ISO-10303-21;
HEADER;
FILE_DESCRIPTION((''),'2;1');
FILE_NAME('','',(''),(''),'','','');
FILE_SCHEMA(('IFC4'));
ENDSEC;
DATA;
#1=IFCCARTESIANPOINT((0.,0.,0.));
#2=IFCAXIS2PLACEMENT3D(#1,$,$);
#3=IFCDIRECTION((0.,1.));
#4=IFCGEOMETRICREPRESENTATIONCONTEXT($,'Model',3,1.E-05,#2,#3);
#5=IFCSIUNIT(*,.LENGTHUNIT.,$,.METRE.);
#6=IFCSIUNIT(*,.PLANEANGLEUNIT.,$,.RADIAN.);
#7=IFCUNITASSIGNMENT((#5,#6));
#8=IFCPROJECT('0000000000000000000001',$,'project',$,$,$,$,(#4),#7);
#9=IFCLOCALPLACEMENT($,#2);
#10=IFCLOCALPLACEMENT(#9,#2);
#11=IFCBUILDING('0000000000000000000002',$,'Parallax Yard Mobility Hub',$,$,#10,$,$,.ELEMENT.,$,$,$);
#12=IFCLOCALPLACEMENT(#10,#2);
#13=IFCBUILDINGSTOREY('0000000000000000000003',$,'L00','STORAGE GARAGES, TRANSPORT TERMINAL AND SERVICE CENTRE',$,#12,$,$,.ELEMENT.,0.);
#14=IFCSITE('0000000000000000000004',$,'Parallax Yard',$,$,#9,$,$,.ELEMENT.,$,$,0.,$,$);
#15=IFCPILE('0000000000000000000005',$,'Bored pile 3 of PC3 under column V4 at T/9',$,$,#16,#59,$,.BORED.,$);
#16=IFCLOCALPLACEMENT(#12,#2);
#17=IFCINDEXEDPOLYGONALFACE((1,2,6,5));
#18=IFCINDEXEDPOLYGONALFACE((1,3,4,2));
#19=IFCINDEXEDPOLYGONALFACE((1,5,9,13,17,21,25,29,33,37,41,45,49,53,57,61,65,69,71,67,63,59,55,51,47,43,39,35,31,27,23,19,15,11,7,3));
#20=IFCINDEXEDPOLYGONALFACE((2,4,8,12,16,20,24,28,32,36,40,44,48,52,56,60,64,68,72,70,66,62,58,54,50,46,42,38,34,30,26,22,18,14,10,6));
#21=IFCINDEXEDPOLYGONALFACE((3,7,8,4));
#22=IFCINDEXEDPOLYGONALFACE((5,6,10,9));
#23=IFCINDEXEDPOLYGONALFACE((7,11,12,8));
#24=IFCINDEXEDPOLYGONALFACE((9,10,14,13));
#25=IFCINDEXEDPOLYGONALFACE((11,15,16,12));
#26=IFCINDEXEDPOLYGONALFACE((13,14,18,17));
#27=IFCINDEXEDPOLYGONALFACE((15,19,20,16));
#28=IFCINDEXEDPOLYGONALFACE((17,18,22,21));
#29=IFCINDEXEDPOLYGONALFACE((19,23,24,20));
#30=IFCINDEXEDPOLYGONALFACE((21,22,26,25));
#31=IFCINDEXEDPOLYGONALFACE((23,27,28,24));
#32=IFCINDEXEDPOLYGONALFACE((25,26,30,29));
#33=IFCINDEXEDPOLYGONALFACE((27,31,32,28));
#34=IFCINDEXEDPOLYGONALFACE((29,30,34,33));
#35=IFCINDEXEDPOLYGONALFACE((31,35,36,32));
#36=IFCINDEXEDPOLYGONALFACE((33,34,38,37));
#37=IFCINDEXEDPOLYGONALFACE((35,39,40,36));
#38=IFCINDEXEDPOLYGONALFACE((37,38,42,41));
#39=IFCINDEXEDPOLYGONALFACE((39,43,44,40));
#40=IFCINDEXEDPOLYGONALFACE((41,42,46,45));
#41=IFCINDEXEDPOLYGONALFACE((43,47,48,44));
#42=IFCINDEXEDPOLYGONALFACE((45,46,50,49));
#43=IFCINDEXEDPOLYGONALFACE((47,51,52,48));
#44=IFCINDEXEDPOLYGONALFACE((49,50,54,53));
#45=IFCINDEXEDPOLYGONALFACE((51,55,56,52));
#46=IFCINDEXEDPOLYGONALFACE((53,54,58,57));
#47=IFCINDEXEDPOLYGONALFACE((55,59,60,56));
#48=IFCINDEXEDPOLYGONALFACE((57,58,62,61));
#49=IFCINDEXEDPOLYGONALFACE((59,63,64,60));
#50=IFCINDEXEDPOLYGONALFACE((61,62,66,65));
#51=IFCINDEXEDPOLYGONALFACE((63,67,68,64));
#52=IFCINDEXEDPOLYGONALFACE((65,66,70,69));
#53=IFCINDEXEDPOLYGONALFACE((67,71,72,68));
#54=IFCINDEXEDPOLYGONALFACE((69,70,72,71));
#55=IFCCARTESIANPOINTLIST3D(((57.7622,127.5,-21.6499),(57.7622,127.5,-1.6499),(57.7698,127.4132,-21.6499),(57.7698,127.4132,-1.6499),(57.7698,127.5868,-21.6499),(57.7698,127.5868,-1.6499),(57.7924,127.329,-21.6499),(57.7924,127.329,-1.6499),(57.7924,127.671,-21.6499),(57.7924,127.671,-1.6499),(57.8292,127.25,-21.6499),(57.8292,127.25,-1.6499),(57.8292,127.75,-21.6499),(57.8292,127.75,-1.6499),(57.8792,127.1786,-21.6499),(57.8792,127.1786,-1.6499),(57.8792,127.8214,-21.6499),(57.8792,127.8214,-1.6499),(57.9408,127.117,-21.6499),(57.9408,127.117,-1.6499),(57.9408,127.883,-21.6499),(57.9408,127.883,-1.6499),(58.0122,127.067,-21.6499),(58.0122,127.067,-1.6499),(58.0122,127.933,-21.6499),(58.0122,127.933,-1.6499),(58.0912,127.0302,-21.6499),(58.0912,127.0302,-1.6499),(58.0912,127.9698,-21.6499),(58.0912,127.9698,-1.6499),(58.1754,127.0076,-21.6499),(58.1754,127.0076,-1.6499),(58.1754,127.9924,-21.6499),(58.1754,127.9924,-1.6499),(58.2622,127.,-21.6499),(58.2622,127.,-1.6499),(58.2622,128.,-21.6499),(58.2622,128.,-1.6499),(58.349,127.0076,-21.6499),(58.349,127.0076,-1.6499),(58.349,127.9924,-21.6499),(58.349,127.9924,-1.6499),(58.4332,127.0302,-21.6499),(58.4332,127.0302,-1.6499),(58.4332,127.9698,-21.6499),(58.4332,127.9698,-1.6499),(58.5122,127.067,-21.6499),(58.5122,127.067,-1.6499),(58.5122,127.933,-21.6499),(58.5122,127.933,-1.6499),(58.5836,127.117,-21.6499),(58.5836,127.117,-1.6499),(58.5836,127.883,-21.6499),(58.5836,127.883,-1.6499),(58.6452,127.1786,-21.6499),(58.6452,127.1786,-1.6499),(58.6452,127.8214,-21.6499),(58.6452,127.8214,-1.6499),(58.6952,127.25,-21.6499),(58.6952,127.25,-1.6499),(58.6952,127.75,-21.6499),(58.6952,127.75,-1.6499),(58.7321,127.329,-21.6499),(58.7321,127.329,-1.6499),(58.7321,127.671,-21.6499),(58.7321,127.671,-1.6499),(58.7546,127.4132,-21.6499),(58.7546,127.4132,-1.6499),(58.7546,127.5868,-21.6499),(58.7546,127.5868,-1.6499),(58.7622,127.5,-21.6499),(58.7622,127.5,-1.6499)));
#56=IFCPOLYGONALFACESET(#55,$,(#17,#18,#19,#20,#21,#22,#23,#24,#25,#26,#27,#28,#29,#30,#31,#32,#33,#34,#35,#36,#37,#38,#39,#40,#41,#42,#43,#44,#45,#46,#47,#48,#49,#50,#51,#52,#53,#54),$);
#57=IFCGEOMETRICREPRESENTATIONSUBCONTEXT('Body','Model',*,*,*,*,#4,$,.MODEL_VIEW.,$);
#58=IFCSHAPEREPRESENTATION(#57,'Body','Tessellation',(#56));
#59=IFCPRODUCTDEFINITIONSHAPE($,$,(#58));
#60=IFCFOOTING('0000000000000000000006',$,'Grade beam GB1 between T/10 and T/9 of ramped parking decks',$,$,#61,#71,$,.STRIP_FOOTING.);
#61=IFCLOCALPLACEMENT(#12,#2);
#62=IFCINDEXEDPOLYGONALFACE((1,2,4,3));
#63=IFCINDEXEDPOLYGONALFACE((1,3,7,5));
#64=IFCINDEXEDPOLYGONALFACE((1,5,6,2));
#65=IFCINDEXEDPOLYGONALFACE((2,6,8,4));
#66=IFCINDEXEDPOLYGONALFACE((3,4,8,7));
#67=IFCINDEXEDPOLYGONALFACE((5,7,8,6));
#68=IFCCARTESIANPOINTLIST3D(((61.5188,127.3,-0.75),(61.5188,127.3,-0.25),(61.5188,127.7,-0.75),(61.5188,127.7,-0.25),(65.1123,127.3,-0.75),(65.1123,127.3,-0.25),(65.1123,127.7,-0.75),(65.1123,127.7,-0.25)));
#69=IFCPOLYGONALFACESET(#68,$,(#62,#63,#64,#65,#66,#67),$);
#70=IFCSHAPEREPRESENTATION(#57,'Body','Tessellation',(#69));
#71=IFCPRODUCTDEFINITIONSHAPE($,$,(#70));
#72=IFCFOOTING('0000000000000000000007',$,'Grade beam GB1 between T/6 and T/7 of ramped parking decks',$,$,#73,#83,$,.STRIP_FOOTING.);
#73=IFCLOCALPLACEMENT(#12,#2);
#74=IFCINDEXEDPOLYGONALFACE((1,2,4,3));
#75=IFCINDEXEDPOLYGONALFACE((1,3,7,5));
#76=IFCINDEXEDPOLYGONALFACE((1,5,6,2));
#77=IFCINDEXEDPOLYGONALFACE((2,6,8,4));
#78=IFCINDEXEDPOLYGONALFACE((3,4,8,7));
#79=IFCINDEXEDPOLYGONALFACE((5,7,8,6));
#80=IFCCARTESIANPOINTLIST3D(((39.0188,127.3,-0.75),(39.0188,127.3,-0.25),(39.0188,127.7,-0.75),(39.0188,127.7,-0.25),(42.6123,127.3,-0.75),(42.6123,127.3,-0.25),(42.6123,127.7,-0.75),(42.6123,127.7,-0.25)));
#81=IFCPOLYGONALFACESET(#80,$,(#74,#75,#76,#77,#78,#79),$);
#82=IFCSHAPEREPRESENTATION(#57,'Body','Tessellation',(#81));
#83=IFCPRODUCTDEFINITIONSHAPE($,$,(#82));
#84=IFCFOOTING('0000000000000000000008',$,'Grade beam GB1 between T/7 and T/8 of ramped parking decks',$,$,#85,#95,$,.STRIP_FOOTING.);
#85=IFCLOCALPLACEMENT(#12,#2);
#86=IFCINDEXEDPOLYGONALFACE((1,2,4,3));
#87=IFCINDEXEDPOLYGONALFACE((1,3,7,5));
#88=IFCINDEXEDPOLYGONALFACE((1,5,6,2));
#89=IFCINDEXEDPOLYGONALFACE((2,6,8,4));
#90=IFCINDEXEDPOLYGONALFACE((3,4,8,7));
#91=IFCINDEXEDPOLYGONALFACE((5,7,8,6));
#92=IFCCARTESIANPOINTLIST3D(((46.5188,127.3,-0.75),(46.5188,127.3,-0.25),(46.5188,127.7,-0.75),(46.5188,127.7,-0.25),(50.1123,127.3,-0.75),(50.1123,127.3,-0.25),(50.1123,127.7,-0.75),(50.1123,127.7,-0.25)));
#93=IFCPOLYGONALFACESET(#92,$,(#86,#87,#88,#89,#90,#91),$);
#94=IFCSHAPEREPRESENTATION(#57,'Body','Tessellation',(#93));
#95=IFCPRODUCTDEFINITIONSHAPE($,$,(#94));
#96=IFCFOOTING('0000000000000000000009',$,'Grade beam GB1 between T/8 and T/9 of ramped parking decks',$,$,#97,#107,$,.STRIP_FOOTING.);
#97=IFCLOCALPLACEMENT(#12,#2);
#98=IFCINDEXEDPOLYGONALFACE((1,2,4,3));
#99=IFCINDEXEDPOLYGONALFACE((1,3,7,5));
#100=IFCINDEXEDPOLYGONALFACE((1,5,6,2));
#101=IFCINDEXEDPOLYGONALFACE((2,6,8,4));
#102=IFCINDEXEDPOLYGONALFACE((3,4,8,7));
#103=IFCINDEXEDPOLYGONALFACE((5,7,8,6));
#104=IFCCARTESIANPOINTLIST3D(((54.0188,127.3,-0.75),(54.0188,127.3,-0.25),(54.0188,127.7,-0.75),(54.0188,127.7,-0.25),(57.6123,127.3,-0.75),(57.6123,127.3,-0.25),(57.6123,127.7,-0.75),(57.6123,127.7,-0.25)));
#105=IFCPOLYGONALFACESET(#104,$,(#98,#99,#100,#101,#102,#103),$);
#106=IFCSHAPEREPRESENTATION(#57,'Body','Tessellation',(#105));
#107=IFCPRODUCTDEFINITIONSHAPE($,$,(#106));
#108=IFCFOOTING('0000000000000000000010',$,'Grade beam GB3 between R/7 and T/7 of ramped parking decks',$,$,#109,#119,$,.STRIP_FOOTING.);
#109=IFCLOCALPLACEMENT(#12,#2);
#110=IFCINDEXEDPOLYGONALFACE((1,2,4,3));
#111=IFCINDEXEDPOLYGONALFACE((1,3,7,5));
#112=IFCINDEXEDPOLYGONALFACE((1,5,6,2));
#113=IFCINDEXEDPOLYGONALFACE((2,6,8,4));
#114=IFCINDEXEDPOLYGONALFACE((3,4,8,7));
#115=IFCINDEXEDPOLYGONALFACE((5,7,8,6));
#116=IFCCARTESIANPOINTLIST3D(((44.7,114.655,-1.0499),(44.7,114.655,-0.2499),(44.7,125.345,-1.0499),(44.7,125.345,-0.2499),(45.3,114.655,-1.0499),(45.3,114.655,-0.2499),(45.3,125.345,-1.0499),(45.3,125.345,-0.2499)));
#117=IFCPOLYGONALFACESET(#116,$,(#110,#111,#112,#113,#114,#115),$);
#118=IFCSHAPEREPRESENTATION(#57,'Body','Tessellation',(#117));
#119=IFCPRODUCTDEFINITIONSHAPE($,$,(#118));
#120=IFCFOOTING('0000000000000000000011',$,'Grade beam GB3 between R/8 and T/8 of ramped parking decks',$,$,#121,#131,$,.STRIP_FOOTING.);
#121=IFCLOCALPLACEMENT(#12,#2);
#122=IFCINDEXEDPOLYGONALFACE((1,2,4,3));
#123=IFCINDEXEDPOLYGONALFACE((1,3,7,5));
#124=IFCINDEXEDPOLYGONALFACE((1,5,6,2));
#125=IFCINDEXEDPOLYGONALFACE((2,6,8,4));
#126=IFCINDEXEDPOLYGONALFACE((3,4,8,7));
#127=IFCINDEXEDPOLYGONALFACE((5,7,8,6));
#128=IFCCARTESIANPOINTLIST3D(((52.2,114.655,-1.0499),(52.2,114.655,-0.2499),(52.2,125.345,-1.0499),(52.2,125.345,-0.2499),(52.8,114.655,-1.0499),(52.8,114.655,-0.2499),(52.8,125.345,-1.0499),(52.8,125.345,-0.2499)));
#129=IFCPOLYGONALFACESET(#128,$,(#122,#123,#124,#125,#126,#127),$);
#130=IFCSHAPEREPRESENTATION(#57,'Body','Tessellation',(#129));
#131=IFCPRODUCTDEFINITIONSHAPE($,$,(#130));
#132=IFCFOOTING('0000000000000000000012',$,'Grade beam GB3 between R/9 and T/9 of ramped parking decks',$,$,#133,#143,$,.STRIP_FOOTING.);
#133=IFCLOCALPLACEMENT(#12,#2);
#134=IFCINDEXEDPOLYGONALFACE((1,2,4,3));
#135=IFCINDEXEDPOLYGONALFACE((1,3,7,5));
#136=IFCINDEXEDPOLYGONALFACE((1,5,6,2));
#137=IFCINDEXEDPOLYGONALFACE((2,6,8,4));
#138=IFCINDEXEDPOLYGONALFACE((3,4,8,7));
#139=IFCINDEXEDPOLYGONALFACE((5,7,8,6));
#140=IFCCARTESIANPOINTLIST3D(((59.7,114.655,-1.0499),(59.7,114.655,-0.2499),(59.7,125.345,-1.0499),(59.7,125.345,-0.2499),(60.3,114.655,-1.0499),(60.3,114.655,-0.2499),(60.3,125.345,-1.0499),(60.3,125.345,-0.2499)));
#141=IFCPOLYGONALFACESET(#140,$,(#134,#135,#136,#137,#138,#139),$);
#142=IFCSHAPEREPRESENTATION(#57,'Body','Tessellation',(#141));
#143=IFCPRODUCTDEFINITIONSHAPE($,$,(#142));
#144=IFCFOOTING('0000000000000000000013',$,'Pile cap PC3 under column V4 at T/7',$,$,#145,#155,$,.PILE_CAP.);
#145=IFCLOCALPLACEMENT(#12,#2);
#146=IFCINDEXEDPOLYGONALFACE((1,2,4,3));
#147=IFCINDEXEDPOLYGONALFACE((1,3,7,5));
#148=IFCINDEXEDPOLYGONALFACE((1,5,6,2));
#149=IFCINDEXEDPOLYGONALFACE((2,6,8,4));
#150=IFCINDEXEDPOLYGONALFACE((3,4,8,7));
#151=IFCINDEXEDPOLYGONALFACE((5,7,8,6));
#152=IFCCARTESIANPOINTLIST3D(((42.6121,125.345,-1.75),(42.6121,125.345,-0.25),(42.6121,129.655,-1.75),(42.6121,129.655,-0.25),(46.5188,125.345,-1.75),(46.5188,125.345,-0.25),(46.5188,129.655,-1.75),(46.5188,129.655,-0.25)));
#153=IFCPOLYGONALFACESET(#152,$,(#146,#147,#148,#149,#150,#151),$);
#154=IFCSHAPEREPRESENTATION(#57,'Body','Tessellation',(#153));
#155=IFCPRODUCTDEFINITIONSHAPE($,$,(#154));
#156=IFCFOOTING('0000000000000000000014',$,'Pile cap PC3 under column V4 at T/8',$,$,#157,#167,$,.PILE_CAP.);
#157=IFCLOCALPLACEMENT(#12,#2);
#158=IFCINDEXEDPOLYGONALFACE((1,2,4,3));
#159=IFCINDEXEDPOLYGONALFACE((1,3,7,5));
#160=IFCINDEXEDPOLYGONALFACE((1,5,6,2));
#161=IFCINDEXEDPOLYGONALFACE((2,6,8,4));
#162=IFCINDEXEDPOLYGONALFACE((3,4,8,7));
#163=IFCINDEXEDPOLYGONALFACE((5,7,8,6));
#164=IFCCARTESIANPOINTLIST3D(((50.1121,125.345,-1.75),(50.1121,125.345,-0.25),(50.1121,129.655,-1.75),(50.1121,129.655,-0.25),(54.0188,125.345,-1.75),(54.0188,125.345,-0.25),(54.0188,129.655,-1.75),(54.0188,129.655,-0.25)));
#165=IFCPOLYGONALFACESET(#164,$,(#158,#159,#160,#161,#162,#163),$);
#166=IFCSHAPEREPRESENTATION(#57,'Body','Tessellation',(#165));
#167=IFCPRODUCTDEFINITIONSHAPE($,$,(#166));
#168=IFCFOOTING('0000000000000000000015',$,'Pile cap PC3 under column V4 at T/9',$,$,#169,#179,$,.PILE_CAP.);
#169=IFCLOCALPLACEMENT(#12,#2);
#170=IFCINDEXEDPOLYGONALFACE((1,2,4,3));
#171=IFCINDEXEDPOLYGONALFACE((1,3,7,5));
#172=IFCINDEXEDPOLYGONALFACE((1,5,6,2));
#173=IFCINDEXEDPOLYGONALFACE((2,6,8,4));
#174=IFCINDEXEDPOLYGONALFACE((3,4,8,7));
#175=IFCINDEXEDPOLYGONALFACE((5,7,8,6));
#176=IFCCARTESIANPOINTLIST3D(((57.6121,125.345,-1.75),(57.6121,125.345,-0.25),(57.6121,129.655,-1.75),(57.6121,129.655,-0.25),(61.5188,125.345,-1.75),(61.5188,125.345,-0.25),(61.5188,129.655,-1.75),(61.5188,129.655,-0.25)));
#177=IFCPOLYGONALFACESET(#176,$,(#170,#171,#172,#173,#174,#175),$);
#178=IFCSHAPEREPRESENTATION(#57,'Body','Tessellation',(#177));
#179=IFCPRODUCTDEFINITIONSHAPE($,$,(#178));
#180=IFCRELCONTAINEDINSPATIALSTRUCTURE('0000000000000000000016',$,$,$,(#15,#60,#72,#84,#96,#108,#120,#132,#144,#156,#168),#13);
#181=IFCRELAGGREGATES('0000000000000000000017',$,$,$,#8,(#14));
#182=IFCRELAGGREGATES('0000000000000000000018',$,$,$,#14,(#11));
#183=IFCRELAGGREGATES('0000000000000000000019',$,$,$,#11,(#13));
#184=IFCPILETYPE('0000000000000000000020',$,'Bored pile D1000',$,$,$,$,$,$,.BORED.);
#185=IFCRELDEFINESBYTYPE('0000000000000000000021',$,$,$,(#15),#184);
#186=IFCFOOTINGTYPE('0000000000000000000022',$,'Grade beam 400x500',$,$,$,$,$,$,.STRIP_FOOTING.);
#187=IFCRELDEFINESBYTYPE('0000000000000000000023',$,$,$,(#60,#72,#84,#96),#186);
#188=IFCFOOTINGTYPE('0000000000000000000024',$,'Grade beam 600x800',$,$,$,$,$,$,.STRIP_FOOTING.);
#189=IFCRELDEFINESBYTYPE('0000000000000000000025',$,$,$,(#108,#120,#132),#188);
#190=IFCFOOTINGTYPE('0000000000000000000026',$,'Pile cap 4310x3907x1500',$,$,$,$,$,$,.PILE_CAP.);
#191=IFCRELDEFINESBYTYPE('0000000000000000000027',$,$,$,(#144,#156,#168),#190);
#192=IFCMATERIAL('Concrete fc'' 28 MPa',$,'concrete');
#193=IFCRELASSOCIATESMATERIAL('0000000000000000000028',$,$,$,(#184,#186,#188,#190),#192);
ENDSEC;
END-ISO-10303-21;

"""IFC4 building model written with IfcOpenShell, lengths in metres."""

from ifc_helpers import new_model, si_unit, direction, frame, origin, origin_2d, place, context, subcontext, project, spatial, rectangle, circle, extrude, material, material_profile, profile_set, type_object, element, save


model = new_model("IFC4")

# Units and contexts
model_context = context("Model", 3, precision=1e-05, world=origin(), true_north=direction((0.0, 1.0)))
body_context = subcontext(model_context, "Body", "Model", "MODEL_VIEW")
ifc_project = project(units=[si_unit("LENGTHUNIT", "METRE"), si_unit("PLANEANGLEUNIT", "RADIAN")], contexts=[model_context])

# Site, building, storey
site_placement = place(None, origin())
site = spatial("IfcSite", under=ifc_project, at=site_placement, Name="Parallax Yard", CompositionType="ELEMENT", RefElevation=0.0)
building_placement = place(site_placement, origin())
building = spatial("IfcBuilding", under=site, at=building_placement, Name="Parallax Yard Mobility Hub", CompositionType="ELEMENT")
storey_placement = place(building_placement, origin())
storey = spatial("IfcBuildingStorey", under=building, at=storey_placement, Name="L00", Description="STORAGE GARAGES, TRANSPORT TERMINAL AND SERVICE CENTRE", CompositionType="ELEMENT", Elevation=0.0)

# Pile
ifc_material_1 = material(Name="Concrete fc' 28 MPa", Category="concrete")
ifc_material_profile_1 = material_profile(ifc_material_1, circle(Radius=0.5, at=origin_2d()), Name="Bored pile D1000")
ifc_profile_set_1 = profile_set([ifc_material_profile_1], Name="Concrete fc' 28 MPa")
pile_type = type_object("IfcPileType", Name="Bored pile D1000", PredefinedType="BORED", material=ifc_profile_set_1)
for number, where, z_axis, x_axis, name in (
    (1, (58.2622, 127.5, -1.6499), (0.0, 0.0, -1.0), (1.0, 0.0, 0.0), "Bored pile 3 of PC3 under column V4 at T/9"),
):
    element("IfcPile", number, at=place(storey_placement, frame(where, z_axis=z_axis, x_axis=x_axis)), inside=storey, type_object=pile_type, Name=name, PredefinedType="BORED", context=body_context, shape_type="SweptSolid", body=[
        extrude(circle(Radius=0.5, at=origin_2d()), origin(), (0.0, 0.0, 1.0), 20.0),
    ])

# Footings
ifc_material_profile_2 = material_profile(ifc_material_1, rectangle(XDim=0.3999, YDim=0.5, at=origin_2d()), Name="Grade beam 400x500")
ifc_profile_set_2 = profile_set([ifc_material_profile_2], Name="Concrete fc' 28 MPa")
footing_type_1 = type_object("IfcFootingType", Name="Grade beam 400x500", PredefinedType="STRIP_FOOTING", material=ifc_profile_set_2)
for number, where, z_axis, x_axis, name in (
    (2, (65.1123, 127.5, -0.5), (-1.0, 0.0, 0.0), (0.0, -1.0, 0.0), "Grade beam GB1 between T/10 and T/9 of ramped parking decks"),
    (3, (39.0188, 127.5, -0.5), (1.0, 0.0, 0.0), (0.0, 1.0, 0.0), "Grade beam GB1 between T/6 and T/7 of ramped parking decks"),
    (4, (46.5188, 127.5, -0.5), (1.0, 0.0, 0.0), (0.0, 1.0, 0.0), "Grade beam GB1 between T/7 and T/8 of ramped parking decks"),
    (5, (54.0188, 127.5, -0.5), (1.0, 0.0, 0.0), (0.0, 1.0, 0.0), "Grade beam GB1 between T/8 and T/9 of ramped parking decks"),
):
    element("IfcFooting", number, at=place(storey_placement, frame(where, z_axis=z_axis, x_axis=x_axis)), inside=storey, type_object=footing_type_1, Name=name, PredefinedType="STRIP_FOOTING", context=body_context, shape_type="SweptSolid", body=[
        extrude(rectangle(XDim=0.3999, YDim=0.5, at=origin_2d()), origin(), (0.0, 0.0, 1.0), 3.5935),
    ])
ifc_material_profile_3 = material_profile(ifc_material_1, rectangle(XDim=0.6001, YDim=0.8, at=origin_2d()), Name="Grade beam 600x800")
ifc_profile_set_3 = profile_set([ifc_material_profile_3], Name="Concrete fc' 28 MPa")
footing_type_2 = type_object("IfcFootingType", Name="Grade beam 600x800", PredefinedType="STRIP_FOOTING", material=ifc_profile_set_3)
for number, where, z_axis, x_axis, name in (
    (6, (45.0, 114.655, -0.6499), (0.0, 1.0, 0.0), (-1.0, 0.0, 0.0), "Grade beam GB3 between R/7 and T/7 of ramped parking decks"),
    (7, (52.5, 114.655, -0.6499), (0.0, 1.0, 0.0), (-1.0, 0.0, 0.0), "Grade beam GB3 between R/8 and T/8 of ramped parking decks"),
    (8, (60.0, 114.655, -0.6499), (0.0, 1.0, 0.0), (-1.0, 0.0, 0.0), "Grade beam GB3 between R/9 and T/9 of ramped parking decks"),
):
    element("IfcFooting", number, at=place(storey_placement, frame(where, z_axis=z_axis, x_axis=x_axis)), inside=storey, type_object=footing_type_2, Name=name, PredefinedType="STRIP_FOOTING", context=body_context, shape_type="SweptSolid", body=[
        extrude(rectangle(XDim=0.6001, YDim=0.8, at=origin_2d()), origin(), (0.0, 0.0, 1.0), 10.6899),
    ])
footing_type_3 = type_object("IfcFootingType", Name="Pile cap 4310x3907x1500", PredefinedType="PILE_CAP", material=ifc_material_1)
for number, where, z_axis, x_axis, name in (
    (9, (44.5654, 127.5, -1.75), (0.0, 0.0, 1.0), (0.0, 1.0, 0.0), "Pile cap PC3 under column V4 at T/7"),
    (10, (52.0654, 127.5, -1.75), (0.0, 0.0, 1.0), (0.0, 1.0, 0.0), "Pile cap PC3 under column V4 at T/8"),
    (11, (59.5654, 127.5, -1.75), (0.0, 0.0, 1.0), (0.0, 1.0, 0.0), "Pile cap PC3 under column V4 at T/9"),
):
    element("IfcFooting", number, at=place(storey_placement, frame(where, z_axis=z_axis, x_axis=x_axis)), inside=storey, type_object=footing_type_3, Name=name, PredefinedType="PILE_CAP", context=body_context, shape_type="SweptSolid", body=[
        extrude(rectangle(XDim=4.3101, YDim=3.9067, at=origin_2d()), origin(), (0.0, 0.0, 1.0), 1.5),
    ])

save(model, "model.ifc")
